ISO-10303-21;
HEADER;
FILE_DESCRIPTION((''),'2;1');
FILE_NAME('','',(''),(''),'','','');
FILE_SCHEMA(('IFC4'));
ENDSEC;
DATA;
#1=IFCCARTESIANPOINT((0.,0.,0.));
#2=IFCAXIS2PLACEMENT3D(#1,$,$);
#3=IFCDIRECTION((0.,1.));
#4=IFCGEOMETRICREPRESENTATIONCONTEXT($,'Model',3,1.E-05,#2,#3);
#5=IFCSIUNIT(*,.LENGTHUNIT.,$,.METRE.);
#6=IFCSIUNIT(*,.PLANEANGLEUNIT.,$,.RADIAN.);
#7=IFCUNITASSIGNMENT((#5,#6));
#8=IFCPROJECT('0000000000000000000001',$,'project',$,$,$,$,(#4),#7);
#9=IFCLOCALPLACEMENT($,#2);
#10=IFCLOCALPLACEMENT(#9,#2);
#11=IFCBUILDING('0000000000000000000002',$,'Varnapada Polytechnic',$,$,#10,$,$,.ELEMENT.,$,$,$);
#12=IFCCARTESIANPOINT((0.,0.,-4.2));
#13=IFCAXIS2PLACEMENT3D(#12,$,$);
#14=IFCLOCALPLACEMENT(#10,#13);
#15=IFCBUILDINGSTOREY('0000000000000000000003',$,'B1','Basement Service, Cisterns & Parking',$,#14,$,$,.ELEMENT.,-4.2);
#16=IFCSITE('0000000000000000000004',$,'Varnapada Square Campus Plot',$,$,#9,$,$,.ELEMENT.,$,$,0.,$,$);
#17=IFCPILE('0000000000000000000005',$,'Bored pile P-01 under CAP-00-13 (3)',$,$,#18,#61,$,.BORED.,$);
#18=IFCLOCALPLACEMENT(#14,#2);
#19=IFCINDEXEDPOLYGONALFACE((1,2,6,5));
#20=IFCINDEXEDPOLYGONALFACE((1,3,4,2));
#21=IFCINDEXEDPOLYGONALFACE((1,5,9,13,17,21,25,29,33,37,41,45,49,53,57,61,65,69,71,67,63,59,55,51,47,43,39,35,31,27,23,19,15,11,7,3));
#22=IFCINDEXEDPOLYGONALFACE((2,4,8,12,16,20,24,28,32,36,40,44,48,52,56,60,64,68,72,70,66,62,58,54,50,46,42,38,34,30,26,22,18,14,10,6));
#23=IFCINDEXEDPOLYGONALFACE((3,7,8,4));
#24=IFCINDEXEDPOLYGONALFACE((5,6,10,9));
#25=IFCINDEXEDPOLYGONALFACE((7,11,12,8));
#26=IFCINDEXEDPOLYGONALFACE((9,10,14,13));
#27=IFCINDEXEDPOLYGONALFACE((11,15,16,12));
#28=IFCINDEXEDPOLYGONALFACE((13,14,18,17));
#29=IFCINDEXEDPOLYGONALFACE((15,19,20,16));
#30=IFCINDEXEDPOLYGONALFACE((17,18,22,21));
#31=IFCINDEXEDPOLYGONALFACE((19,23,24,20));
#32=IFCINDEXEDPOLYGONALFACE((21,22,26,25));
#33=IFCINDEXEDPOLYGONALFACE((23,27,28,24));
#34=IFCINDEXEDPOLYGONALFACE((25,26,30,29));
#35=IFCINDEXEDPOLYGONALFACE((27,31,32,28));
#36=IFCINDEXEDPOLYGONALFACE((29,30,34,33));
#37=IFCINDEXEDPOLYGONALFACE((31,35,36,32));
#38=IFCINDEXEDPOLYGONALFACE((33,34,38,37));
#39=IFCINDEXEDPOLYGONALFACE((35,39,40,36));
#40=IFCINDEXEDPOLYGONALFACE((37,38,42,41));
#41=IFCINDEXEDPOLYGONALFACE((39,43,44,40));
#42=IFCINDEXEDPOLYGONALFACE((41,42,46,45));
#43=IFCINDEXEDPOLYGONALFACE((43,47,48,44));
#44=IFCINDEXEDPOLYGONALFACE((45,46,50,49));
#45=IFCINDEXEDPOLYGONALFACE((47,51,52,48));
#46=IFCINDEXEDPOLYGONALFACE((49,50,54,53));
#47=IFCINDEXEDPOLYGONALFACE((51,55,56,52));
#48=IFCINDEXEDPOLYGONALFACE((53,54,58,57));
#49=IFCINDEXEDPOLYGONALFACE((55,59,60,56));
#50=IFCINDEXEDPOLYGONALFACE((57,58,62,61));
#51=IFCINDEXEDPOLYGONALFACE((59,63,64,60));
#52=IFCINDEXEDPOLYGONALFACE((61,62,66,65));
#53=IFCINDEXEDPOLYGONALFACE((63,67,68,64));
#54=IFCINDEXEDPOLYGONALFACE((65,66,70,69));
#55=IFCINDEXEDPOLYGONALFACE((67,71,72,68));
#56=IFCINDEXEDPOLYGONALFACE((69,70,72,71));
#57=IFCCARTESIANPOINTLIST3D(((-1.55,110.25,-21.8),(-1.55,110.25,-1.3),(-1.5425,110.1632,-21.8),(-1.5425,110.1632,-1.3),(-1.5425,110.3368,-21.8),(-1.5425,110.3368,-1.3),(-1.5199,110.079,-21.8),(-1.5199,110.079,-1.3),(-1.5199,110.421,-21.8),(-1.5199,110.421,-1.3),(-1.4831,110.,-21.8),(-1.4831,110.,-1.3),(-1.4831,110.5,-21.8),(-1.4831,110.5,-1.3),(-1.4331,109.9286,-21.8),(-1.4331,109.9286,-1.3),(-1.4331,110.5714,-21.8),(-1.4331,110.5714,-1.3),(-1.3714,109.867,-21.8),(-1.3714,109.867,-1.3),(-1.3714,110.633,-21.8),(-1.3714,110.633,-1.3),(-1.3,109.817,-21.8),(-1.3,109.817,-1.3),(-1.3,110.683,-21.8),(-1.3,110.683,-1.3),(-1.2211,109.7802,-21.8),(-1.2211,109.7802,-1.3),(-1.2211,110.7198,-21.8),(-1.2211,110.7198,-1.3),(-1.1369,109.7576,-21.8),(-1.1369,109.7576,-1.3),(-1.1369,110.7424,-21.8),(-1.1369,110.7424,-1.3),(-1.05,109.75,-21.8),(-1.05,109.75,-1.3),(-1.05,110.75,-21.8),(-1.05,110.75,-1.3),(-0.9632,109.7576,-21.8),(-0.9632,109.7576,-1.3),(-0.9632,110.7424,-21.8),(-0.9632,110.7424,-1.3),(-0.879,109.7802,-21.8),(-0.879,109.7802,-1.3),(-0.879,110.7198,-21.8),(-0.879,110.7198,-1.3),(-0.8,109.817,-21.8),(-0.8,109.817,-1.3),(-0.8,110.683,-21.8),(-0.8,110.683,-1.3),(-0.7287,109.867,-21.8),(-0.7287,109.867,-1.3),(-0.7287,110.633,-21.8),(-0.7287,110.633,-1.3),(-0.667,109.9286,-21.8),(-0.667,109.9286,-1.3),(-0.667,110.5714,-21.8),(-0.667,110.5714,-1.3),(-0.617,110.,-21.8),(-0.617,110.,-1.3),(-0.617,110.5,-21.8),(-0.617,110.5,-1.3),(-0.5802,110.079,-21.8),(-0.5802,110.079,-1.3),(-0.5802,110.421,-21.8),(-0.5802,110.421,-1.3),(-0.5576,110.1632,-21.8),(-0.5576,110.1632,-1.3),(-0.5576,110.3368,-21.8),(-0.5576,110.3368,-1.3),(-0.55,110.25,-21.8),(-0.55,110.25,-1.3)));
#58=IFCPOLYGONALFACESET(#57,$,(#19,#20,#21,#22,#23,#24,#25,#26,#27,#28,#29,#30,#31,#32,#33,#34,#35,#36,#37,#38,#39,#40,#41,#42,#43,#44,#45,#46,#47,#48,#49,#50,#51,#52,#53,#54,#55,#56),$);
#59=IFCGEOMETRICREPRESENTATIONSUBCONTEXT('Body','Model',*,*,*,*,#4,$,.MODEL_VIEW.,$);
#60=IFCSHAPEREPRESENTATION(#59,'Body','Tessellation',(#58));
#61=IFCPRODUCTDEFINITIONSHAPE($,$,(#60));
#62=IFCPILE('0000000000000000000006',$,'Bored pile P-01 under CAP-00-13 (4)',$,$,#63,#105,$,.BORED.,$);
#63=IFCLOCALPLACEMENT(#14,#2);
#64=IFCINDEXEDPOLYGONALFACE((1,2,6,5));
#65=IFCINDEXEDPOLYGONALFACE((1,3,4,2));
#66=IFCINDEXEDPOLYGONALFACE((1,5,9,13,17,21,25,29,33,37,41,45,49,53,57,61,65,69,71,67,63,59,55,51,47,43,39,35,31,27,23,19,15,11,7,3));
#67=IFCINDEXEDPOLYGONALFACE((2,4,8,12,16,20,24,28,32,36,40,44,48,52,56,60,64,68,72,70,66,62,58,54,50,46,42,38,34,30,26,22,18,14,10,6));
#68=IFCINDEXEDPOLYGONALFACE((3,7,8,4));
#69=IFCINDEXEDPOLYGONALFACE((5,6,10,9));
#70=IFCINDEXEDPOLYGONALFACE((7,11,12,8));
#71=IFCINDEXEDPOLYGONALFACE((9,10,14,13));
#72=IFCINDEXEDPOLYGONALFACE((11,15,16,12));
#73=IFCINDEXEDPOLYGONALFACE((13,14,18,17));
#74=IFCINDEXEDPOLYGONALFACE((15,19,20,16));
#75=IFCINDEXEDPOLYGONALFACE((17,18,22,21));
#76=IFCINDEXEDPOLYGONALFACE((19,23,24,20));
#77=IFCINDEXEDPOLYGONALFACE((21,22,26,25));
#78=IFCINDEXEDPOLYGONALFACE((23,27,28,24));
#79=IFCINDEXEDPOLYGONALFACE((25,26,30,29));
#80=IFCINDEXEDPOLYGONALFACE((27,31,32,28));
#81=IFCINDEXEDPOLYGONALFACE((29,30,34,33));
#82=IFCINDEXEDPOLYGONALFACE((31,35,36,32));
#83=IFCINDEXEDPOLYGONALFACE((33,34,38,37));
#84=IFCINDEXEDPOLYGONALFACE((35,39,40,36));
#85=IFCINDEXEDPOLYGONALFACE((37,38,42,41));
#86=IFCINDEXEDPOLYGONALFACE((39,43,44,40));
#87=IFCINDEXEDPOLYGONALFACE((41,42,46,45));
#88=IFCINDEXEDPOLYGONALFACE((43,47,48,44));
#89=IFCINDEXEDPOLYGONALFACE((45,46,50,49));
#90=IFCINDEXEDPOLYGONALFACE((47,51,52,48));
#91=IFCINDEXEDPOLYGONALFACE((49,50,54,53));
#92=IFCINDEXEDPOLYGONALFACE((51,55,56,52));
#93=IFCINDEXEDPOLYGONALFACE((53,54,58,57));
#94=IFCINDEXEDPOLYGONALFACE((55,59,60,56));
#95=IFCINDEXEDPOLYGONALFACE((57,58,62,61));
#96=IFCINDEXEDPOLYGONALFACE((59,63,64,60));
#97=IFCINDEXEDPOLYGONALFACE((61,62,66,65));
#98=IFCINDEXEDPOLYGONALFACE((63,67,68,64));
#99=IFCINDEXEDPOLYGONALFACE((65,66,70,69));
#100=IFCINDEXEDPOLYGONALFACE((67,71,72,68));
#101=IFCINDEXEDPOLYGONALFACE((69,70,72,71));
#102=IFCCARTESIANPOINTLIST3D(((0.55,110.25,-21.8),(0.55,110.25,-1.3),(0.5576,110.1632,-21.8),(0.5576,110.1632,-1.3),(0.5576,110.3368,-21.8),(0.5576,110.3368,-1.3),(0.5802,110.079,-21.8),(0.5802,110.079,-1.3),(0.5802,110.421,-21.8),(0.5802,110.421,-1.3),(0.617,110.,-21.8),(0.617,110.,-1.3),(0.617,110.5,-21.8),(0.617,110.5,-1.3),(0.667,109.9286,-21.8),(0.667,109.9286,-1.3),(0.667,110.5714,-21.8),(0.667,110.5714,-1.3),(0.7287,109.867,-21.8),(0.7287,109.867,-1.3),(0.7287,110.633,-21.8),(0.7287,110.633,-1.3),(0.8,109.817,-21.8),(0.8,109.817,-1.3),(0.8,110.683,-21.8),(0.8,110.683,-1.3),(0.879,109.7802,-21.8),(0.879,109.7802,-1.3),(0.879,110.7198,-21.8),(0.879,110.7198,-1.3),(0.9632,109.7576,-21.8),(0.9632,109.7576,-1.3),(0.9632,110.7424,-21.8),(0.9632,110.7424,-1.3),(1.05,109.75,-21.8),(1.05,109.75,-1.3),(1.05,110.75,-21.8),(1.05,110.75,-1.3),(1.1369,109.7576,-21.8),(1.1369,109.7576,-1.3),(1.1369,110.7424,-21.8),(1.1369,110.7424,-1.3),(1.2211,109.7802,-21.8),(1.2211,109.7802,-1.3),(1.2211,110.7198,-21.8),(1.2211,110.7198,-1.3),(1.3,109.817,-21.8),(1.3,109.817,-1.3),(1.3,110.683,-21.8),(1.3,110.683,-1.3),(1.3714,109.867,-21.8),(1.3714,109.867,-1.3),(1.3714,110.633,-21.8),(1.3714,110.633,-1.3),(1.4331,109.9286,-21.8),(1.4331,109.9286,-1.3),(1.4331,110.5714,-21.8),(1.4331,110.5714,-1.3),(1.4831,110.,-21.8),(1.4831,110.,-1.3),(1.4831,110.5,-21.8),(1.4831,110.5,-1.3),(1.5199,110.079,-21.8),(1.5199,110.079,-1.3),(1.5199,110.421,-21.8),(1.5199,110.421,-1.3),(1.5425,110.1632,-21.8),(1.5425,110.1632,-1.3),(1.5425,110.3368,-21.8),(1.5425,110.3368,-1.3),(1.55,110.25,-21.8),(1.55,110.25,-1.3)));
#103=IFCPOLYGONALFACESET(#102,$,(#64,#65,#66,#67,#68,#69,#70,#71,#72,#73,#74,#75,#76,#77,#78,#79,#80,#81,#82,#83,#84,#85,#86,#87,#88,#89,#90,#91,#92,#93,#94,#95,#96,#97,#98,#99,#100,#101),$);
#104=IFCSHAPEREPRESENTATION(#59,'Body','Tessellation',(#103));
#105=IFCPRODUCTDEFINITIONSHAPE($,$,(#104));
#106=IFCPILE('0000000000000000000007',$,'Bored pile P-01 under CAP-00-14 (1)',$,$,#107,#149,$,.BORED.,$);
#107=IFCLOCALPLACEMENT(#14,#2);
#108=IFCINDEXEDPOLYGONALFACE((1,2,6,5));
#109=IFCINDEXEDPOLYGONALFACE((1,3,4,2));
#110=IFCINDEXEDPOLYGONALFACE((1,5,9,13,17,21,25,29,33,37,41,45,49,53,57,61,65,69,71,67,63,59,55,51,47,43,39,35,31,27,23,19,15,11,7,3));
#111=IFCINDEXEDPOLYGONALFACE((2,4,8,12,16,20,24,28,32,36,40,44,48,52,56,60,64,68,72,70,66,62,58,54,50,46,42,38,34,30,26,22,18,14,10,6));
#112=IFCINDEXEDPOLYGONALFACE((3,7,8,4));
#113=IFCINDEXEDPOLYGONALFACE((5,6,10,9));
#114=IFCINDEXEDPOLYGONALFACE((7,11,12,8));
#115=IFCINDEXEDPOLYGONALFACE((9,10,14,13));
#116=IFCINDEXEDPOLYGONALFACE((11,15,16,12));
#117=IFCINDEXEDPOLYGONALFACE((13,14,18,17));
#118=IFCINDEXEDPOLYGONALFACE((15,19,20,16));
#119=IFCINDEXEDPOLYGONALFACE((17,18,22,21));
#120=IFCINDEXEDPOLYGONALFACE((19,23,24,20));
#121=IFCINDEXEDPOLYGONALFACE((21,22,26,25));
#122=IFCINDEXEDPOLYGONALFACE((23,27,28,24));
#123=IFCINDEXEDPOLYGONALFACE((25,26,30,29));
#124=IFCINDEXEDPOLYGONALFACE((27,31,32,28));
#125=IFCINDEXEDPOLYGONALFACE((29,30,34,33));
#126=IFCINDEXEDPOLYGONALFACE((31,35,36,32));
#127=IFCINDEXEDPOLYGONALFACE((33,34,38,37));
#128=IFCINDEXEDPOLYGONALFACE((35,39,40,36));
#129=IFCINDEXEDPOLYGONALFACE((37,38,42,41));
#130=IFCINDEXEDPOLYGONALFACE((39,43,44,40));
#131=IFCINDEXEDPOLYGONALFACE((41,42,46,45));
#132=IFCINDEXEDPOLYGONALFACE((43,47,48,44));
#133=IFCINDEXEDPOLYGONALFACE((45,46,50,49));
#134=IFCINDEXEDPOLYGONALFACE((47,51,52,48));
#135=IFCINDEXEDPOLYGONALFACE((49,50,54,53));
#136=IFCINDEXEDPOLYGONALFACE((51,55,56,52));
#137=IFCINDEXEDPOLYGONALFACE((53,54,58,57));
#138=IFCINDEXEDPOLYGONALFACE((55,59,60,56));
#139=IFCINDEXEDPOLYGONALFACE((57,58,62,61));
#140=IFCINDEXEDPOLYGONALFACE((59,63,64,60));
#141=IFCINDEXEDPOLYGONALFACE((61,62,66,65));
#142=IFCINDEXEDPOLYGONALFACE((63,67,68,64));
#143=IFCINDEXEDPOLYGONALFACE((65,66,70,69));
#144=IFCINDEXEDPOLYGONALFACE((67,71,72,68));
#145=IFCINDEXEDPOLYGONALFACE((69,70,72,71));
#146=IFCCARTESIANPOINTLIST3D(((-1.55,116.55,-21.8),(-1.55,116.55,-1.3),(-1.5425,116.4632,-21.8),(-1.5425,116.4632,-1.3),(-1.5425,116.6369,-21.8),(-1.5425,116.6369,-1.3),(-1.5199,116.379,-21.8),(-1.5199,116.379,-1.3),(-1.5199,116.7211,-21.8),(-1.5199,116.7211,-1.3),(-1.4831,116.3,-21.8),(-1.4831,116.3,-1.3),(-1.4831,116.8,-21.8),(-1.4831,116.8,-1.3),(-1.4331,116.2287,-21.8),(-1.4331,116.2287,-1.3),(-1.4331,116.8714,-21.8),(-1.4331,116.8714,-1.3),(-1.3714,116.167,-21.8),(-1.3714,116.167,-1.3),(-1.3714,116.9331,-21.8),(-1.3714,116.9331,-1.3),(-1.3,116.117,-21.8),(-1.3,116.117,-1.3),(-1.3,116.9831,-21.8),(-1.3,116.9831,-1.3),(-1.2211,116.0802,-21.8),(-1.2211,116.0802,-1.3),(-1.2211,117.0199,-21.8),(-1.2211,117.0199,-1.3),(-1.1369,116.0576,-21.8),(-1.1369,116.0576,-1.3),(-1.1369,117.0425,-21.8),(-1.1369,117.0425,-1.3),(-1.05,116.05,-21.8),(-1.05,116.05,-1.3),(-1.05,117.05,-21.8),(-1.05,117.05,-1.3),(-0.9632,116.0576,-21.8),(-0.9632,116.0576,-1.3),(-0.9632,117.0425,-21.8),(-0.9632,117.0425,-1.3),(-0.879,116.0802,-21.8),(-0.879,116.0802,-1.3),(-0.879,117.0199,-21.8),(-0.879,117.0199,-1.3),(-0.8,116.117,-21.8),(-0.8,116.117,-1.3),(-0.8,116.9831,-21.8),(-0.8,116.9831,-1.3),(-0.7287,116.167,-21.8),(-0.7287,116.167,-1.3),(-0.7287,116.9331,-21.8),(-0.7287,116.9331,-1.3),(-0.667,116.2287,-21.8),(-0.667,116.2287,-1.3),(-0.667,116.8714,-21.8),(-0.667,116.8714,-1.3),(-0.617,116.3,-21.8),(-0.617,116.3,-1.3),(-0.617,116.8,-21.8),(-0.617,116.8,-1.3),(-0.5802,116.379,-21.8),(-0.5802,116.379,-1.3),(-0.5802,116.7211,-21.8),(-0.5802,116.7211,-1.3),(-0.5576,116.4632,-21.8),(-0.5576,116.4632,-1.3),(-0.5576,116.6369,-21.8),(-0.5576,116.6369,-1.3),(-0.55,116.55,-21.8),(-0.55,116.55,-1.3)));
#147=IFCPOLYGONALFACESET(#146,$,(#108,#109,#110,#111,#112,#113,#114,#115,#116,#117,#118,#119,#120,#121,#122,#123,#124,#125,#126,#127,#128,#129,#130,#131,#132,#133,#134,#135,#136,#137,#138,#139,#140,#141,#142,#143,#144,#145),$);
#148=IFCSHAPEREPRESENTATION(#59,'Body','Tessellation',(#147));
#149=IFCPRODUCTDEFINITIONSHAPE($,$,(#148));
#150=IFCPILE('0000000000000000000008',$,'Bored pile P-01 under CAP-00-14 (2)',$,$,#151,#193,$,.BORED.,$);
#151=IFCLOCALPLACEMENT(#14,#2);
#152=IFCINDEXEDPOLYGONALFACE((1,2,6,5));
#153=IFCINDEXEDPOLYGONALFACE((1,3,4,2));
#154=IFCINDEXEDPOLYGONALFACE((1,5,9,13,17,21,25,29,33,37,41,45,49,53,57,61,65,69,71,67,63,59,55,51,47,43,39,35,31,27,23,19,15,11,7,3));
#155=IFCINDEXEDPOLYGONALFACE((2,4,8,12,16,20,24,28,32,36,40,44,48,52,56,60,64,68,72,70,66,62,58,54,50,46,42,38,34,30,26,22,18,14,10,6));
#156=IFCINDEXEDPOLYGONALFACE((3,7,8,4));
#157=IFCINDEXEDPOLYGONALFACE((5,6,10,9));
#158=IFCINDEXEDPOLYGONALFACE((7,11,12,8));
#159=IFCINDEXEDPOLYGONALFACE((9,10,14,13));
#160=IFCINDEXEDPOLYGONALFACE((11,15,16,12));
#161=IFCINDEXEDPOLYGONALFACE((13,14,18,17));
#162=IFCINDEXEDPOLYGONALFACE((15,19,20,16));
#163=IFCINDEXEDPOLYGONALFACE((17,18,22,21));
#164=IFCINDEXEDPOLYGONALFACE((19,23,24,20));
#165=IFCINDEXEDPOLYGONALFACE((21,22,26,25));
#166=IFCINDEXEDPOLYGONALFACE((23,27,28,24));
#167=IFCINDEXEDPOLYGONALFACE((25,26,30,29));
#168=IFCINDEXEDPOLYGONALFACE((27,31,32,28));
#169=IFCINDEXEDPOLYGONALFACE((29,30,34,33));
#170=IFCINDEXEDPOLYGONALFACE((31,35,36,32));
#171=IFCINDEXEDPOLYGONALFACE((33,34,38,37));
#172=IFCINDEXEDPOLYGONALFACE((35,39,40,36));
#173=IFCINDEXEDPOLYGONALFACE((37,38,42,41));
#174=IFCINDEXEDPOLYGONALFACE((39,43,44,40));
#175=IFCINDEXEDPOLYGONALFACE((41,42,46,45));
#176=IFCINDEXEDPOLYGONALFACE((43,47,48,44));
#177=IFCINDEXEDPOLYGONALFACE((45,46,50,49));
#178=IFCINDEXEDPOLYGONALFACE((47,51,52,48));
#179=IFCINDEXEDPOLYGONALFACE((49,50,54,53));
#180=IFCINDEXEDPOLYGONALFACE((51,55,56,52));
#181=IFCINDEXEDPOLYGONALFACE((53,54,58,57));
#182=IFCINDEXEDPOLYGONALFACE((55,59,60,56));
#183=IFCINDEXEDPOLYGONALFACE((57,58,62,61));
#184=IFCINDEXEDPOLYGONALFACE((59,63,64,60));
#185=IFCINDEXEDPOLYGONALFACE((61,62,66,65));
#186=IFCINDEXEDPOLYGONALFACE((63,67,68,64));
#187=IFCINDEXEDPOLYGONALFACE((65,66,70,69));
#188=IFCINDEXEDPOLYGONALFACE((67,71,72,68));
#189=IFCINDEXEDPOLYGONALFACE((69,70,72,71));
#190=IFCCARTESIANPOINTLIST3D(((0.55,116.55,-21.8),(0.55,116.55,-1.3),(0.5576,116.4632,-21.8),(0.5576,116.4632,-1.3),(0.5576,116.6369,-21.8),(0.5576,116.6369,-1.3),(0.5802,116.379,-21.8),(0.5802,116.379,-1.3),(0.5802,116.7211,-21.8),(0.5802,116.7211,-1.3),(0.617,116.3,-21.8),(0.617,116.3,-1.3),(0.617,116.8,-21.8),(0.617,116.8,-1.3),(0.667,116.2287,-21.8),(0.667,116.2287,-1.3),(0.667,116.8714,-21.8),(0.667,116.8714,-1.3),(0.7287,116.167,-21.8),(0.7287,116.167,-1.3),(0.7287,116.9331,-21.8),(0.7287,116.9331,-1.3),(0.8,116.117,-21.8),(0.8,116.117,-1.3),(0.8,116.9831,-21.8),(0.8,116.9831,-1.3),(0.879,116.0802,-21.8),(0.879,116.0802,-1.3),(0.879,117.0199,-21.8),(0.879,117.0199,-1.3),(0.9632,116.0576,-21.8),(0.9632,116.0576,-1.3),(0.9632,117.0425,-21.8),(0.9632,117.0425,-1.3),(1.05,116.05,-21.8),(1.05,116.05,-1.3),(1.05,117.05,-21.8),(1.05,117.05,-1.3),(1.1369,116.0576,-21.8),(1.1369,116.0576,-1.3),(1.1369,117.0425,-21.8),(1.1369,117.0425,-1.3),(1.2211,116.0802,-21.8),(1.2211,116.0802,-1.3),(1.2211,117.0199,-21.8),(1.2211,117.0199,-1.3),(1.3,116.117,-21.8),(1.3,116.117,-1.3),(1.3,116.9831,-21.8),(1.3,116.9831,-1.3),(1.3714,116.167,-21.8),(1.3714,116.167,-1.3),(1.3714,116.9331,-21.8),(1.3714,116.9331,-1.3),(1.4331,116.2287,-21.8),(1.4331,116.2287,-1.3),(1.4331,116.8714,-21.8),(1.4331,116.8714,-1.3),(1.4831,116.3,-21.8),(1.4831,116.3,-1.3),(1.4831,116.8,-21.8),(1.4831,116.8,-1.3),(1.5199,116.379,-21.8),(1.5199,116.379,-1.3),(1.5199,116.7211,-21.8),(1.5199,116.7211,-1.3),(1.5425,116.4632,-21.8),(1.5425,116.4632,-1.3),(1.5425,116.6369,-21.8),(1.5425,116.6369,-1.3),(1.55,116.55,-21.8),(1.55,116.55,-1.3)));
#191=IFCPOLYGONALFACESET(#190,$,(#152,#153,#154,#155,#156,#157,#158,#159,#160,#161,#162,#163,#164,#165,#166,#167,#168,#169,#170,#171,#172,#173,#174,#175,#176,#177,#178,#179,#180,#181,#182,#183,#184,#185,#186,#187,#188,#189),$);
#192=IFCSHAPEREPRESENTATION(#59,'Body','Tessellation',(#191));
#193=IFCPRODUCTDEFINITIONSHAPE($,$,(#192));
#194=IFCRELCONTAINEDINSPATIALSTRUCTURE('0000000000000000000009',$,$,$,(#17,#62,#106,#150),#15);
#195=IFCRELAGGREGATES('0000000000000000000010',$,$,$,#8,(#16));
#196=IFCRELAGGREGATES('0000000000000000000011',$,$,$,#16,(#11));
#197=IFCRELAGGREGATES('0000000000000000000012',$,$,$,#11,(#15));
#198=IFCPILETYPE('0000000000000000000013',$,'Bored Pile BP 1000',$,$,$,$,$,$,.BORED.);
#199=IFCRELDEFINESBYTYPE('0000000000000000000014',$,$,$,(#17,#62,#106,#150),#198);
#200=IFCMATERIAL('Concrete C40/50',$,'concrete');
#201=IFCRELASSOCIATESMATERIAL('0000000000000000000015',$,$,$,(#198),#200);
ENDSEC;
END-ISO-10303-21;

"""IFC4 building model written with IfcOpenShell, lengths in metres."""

from ifc_helpers import new_model, si_unit, direction, frame, origin, origin_2d, place, context, subcontext, project, spatial, circle, extrude, material, material_profile, profile_set, type_object, element, save


model = new_model("IFC4")

# Units and contexts
model_context = context("Model", 3, precision=1e-05, world=origin(), true_north=direction((0.0, 1.0)))
body_context = subcontext(model_context, "Body", "Model", "MODEL_VIEW")
ifc_project = project(units=[si_unit("LENGTHUNIT", "METRE"), si_unit("PLANEANGLEUNIT", "RADIAN")], contexts=[model_context])

# Site, building, storey
site_placement = place(None, origin())
site = spatial("IfcSite", under=ifc_project, at=site_placement, Name="Varnapada Square Campus Plot", CompositionType="ELEMENT", RefElevation=0.0)
building_placement = place(site_placement, origin())
building = spatial("IfcBuilding", under=site, at=building_placement, Name="Varnapada Polytechnic", CompositionType="ELEMENT")
storey_placement = place(building_placement, frame((0.0, 0.0, -4.2)))
storey = spatial("IfcBuildingStorey", under=building, at=storey_placement, Name="B1", Description="Basement Service, Cisterns & Parking", CompositionType="ELEMENT", Elevation=-4.2)

# Piles
ifc_material_1 = material(Name="Concrete C40/50", Category="concrete")
ifc_material_profile_1 = material_profile(ifc_material_1, circle(Radius=0.5, at=origin_2d()), Name="BP 1000")
ifc_profile_set_1 = profile_set([ifc_material_profile_1], Name="Concrete C40/50")
pile_type_1 = type_object("IfcPileType", Name="Bored Pile BP 1000", PredefinedType="BORED", material=ifc_profile_set_1)
for number, where, z_axis, x_axis, name in (
    (1, (-1.05, 110.25, -1.3), (0.0, 0.0, -1.0), (1.0, 0.0, 0.0), "Bored pile P-01 under CAP-00-13 (3)"),
    (2, (1.05, 110.25, -1.3), (0.0, 0.0, -1.0), (1.0, 0.0, 0.0), "Bored pile P-01 under CAP-00-13 (4)"),
    (3, (-1.05, 116.55, -1.3), (0.0, 0.0, -1.0), (1.0, 0.0, 0.0), "Bored pile P-01 under CAP-00-14 (1)"),
    (4, (1.05, 116.55, -1.3), (0.0, 0.0, -1.0), (1.0, 0.0, 0.0), "Bored pile P-01 under CAP-00-14 (2)"),
):
    element("IfcPile", number, at=place(storey_placement, frame(where, z_axis=z_axis, x_axis=x_axis)), inside=storey, type_object=pile_type_1, Name=name, PredefinedType="BORED", context=body_context, shape_type="SweptSolid", body=[
        extrude(circle(Radius=0.5, at=origin_2d()), origin(), (0.0, 0.0, 1.0), 20.5),
    ])

save(model, "model.ifc")
